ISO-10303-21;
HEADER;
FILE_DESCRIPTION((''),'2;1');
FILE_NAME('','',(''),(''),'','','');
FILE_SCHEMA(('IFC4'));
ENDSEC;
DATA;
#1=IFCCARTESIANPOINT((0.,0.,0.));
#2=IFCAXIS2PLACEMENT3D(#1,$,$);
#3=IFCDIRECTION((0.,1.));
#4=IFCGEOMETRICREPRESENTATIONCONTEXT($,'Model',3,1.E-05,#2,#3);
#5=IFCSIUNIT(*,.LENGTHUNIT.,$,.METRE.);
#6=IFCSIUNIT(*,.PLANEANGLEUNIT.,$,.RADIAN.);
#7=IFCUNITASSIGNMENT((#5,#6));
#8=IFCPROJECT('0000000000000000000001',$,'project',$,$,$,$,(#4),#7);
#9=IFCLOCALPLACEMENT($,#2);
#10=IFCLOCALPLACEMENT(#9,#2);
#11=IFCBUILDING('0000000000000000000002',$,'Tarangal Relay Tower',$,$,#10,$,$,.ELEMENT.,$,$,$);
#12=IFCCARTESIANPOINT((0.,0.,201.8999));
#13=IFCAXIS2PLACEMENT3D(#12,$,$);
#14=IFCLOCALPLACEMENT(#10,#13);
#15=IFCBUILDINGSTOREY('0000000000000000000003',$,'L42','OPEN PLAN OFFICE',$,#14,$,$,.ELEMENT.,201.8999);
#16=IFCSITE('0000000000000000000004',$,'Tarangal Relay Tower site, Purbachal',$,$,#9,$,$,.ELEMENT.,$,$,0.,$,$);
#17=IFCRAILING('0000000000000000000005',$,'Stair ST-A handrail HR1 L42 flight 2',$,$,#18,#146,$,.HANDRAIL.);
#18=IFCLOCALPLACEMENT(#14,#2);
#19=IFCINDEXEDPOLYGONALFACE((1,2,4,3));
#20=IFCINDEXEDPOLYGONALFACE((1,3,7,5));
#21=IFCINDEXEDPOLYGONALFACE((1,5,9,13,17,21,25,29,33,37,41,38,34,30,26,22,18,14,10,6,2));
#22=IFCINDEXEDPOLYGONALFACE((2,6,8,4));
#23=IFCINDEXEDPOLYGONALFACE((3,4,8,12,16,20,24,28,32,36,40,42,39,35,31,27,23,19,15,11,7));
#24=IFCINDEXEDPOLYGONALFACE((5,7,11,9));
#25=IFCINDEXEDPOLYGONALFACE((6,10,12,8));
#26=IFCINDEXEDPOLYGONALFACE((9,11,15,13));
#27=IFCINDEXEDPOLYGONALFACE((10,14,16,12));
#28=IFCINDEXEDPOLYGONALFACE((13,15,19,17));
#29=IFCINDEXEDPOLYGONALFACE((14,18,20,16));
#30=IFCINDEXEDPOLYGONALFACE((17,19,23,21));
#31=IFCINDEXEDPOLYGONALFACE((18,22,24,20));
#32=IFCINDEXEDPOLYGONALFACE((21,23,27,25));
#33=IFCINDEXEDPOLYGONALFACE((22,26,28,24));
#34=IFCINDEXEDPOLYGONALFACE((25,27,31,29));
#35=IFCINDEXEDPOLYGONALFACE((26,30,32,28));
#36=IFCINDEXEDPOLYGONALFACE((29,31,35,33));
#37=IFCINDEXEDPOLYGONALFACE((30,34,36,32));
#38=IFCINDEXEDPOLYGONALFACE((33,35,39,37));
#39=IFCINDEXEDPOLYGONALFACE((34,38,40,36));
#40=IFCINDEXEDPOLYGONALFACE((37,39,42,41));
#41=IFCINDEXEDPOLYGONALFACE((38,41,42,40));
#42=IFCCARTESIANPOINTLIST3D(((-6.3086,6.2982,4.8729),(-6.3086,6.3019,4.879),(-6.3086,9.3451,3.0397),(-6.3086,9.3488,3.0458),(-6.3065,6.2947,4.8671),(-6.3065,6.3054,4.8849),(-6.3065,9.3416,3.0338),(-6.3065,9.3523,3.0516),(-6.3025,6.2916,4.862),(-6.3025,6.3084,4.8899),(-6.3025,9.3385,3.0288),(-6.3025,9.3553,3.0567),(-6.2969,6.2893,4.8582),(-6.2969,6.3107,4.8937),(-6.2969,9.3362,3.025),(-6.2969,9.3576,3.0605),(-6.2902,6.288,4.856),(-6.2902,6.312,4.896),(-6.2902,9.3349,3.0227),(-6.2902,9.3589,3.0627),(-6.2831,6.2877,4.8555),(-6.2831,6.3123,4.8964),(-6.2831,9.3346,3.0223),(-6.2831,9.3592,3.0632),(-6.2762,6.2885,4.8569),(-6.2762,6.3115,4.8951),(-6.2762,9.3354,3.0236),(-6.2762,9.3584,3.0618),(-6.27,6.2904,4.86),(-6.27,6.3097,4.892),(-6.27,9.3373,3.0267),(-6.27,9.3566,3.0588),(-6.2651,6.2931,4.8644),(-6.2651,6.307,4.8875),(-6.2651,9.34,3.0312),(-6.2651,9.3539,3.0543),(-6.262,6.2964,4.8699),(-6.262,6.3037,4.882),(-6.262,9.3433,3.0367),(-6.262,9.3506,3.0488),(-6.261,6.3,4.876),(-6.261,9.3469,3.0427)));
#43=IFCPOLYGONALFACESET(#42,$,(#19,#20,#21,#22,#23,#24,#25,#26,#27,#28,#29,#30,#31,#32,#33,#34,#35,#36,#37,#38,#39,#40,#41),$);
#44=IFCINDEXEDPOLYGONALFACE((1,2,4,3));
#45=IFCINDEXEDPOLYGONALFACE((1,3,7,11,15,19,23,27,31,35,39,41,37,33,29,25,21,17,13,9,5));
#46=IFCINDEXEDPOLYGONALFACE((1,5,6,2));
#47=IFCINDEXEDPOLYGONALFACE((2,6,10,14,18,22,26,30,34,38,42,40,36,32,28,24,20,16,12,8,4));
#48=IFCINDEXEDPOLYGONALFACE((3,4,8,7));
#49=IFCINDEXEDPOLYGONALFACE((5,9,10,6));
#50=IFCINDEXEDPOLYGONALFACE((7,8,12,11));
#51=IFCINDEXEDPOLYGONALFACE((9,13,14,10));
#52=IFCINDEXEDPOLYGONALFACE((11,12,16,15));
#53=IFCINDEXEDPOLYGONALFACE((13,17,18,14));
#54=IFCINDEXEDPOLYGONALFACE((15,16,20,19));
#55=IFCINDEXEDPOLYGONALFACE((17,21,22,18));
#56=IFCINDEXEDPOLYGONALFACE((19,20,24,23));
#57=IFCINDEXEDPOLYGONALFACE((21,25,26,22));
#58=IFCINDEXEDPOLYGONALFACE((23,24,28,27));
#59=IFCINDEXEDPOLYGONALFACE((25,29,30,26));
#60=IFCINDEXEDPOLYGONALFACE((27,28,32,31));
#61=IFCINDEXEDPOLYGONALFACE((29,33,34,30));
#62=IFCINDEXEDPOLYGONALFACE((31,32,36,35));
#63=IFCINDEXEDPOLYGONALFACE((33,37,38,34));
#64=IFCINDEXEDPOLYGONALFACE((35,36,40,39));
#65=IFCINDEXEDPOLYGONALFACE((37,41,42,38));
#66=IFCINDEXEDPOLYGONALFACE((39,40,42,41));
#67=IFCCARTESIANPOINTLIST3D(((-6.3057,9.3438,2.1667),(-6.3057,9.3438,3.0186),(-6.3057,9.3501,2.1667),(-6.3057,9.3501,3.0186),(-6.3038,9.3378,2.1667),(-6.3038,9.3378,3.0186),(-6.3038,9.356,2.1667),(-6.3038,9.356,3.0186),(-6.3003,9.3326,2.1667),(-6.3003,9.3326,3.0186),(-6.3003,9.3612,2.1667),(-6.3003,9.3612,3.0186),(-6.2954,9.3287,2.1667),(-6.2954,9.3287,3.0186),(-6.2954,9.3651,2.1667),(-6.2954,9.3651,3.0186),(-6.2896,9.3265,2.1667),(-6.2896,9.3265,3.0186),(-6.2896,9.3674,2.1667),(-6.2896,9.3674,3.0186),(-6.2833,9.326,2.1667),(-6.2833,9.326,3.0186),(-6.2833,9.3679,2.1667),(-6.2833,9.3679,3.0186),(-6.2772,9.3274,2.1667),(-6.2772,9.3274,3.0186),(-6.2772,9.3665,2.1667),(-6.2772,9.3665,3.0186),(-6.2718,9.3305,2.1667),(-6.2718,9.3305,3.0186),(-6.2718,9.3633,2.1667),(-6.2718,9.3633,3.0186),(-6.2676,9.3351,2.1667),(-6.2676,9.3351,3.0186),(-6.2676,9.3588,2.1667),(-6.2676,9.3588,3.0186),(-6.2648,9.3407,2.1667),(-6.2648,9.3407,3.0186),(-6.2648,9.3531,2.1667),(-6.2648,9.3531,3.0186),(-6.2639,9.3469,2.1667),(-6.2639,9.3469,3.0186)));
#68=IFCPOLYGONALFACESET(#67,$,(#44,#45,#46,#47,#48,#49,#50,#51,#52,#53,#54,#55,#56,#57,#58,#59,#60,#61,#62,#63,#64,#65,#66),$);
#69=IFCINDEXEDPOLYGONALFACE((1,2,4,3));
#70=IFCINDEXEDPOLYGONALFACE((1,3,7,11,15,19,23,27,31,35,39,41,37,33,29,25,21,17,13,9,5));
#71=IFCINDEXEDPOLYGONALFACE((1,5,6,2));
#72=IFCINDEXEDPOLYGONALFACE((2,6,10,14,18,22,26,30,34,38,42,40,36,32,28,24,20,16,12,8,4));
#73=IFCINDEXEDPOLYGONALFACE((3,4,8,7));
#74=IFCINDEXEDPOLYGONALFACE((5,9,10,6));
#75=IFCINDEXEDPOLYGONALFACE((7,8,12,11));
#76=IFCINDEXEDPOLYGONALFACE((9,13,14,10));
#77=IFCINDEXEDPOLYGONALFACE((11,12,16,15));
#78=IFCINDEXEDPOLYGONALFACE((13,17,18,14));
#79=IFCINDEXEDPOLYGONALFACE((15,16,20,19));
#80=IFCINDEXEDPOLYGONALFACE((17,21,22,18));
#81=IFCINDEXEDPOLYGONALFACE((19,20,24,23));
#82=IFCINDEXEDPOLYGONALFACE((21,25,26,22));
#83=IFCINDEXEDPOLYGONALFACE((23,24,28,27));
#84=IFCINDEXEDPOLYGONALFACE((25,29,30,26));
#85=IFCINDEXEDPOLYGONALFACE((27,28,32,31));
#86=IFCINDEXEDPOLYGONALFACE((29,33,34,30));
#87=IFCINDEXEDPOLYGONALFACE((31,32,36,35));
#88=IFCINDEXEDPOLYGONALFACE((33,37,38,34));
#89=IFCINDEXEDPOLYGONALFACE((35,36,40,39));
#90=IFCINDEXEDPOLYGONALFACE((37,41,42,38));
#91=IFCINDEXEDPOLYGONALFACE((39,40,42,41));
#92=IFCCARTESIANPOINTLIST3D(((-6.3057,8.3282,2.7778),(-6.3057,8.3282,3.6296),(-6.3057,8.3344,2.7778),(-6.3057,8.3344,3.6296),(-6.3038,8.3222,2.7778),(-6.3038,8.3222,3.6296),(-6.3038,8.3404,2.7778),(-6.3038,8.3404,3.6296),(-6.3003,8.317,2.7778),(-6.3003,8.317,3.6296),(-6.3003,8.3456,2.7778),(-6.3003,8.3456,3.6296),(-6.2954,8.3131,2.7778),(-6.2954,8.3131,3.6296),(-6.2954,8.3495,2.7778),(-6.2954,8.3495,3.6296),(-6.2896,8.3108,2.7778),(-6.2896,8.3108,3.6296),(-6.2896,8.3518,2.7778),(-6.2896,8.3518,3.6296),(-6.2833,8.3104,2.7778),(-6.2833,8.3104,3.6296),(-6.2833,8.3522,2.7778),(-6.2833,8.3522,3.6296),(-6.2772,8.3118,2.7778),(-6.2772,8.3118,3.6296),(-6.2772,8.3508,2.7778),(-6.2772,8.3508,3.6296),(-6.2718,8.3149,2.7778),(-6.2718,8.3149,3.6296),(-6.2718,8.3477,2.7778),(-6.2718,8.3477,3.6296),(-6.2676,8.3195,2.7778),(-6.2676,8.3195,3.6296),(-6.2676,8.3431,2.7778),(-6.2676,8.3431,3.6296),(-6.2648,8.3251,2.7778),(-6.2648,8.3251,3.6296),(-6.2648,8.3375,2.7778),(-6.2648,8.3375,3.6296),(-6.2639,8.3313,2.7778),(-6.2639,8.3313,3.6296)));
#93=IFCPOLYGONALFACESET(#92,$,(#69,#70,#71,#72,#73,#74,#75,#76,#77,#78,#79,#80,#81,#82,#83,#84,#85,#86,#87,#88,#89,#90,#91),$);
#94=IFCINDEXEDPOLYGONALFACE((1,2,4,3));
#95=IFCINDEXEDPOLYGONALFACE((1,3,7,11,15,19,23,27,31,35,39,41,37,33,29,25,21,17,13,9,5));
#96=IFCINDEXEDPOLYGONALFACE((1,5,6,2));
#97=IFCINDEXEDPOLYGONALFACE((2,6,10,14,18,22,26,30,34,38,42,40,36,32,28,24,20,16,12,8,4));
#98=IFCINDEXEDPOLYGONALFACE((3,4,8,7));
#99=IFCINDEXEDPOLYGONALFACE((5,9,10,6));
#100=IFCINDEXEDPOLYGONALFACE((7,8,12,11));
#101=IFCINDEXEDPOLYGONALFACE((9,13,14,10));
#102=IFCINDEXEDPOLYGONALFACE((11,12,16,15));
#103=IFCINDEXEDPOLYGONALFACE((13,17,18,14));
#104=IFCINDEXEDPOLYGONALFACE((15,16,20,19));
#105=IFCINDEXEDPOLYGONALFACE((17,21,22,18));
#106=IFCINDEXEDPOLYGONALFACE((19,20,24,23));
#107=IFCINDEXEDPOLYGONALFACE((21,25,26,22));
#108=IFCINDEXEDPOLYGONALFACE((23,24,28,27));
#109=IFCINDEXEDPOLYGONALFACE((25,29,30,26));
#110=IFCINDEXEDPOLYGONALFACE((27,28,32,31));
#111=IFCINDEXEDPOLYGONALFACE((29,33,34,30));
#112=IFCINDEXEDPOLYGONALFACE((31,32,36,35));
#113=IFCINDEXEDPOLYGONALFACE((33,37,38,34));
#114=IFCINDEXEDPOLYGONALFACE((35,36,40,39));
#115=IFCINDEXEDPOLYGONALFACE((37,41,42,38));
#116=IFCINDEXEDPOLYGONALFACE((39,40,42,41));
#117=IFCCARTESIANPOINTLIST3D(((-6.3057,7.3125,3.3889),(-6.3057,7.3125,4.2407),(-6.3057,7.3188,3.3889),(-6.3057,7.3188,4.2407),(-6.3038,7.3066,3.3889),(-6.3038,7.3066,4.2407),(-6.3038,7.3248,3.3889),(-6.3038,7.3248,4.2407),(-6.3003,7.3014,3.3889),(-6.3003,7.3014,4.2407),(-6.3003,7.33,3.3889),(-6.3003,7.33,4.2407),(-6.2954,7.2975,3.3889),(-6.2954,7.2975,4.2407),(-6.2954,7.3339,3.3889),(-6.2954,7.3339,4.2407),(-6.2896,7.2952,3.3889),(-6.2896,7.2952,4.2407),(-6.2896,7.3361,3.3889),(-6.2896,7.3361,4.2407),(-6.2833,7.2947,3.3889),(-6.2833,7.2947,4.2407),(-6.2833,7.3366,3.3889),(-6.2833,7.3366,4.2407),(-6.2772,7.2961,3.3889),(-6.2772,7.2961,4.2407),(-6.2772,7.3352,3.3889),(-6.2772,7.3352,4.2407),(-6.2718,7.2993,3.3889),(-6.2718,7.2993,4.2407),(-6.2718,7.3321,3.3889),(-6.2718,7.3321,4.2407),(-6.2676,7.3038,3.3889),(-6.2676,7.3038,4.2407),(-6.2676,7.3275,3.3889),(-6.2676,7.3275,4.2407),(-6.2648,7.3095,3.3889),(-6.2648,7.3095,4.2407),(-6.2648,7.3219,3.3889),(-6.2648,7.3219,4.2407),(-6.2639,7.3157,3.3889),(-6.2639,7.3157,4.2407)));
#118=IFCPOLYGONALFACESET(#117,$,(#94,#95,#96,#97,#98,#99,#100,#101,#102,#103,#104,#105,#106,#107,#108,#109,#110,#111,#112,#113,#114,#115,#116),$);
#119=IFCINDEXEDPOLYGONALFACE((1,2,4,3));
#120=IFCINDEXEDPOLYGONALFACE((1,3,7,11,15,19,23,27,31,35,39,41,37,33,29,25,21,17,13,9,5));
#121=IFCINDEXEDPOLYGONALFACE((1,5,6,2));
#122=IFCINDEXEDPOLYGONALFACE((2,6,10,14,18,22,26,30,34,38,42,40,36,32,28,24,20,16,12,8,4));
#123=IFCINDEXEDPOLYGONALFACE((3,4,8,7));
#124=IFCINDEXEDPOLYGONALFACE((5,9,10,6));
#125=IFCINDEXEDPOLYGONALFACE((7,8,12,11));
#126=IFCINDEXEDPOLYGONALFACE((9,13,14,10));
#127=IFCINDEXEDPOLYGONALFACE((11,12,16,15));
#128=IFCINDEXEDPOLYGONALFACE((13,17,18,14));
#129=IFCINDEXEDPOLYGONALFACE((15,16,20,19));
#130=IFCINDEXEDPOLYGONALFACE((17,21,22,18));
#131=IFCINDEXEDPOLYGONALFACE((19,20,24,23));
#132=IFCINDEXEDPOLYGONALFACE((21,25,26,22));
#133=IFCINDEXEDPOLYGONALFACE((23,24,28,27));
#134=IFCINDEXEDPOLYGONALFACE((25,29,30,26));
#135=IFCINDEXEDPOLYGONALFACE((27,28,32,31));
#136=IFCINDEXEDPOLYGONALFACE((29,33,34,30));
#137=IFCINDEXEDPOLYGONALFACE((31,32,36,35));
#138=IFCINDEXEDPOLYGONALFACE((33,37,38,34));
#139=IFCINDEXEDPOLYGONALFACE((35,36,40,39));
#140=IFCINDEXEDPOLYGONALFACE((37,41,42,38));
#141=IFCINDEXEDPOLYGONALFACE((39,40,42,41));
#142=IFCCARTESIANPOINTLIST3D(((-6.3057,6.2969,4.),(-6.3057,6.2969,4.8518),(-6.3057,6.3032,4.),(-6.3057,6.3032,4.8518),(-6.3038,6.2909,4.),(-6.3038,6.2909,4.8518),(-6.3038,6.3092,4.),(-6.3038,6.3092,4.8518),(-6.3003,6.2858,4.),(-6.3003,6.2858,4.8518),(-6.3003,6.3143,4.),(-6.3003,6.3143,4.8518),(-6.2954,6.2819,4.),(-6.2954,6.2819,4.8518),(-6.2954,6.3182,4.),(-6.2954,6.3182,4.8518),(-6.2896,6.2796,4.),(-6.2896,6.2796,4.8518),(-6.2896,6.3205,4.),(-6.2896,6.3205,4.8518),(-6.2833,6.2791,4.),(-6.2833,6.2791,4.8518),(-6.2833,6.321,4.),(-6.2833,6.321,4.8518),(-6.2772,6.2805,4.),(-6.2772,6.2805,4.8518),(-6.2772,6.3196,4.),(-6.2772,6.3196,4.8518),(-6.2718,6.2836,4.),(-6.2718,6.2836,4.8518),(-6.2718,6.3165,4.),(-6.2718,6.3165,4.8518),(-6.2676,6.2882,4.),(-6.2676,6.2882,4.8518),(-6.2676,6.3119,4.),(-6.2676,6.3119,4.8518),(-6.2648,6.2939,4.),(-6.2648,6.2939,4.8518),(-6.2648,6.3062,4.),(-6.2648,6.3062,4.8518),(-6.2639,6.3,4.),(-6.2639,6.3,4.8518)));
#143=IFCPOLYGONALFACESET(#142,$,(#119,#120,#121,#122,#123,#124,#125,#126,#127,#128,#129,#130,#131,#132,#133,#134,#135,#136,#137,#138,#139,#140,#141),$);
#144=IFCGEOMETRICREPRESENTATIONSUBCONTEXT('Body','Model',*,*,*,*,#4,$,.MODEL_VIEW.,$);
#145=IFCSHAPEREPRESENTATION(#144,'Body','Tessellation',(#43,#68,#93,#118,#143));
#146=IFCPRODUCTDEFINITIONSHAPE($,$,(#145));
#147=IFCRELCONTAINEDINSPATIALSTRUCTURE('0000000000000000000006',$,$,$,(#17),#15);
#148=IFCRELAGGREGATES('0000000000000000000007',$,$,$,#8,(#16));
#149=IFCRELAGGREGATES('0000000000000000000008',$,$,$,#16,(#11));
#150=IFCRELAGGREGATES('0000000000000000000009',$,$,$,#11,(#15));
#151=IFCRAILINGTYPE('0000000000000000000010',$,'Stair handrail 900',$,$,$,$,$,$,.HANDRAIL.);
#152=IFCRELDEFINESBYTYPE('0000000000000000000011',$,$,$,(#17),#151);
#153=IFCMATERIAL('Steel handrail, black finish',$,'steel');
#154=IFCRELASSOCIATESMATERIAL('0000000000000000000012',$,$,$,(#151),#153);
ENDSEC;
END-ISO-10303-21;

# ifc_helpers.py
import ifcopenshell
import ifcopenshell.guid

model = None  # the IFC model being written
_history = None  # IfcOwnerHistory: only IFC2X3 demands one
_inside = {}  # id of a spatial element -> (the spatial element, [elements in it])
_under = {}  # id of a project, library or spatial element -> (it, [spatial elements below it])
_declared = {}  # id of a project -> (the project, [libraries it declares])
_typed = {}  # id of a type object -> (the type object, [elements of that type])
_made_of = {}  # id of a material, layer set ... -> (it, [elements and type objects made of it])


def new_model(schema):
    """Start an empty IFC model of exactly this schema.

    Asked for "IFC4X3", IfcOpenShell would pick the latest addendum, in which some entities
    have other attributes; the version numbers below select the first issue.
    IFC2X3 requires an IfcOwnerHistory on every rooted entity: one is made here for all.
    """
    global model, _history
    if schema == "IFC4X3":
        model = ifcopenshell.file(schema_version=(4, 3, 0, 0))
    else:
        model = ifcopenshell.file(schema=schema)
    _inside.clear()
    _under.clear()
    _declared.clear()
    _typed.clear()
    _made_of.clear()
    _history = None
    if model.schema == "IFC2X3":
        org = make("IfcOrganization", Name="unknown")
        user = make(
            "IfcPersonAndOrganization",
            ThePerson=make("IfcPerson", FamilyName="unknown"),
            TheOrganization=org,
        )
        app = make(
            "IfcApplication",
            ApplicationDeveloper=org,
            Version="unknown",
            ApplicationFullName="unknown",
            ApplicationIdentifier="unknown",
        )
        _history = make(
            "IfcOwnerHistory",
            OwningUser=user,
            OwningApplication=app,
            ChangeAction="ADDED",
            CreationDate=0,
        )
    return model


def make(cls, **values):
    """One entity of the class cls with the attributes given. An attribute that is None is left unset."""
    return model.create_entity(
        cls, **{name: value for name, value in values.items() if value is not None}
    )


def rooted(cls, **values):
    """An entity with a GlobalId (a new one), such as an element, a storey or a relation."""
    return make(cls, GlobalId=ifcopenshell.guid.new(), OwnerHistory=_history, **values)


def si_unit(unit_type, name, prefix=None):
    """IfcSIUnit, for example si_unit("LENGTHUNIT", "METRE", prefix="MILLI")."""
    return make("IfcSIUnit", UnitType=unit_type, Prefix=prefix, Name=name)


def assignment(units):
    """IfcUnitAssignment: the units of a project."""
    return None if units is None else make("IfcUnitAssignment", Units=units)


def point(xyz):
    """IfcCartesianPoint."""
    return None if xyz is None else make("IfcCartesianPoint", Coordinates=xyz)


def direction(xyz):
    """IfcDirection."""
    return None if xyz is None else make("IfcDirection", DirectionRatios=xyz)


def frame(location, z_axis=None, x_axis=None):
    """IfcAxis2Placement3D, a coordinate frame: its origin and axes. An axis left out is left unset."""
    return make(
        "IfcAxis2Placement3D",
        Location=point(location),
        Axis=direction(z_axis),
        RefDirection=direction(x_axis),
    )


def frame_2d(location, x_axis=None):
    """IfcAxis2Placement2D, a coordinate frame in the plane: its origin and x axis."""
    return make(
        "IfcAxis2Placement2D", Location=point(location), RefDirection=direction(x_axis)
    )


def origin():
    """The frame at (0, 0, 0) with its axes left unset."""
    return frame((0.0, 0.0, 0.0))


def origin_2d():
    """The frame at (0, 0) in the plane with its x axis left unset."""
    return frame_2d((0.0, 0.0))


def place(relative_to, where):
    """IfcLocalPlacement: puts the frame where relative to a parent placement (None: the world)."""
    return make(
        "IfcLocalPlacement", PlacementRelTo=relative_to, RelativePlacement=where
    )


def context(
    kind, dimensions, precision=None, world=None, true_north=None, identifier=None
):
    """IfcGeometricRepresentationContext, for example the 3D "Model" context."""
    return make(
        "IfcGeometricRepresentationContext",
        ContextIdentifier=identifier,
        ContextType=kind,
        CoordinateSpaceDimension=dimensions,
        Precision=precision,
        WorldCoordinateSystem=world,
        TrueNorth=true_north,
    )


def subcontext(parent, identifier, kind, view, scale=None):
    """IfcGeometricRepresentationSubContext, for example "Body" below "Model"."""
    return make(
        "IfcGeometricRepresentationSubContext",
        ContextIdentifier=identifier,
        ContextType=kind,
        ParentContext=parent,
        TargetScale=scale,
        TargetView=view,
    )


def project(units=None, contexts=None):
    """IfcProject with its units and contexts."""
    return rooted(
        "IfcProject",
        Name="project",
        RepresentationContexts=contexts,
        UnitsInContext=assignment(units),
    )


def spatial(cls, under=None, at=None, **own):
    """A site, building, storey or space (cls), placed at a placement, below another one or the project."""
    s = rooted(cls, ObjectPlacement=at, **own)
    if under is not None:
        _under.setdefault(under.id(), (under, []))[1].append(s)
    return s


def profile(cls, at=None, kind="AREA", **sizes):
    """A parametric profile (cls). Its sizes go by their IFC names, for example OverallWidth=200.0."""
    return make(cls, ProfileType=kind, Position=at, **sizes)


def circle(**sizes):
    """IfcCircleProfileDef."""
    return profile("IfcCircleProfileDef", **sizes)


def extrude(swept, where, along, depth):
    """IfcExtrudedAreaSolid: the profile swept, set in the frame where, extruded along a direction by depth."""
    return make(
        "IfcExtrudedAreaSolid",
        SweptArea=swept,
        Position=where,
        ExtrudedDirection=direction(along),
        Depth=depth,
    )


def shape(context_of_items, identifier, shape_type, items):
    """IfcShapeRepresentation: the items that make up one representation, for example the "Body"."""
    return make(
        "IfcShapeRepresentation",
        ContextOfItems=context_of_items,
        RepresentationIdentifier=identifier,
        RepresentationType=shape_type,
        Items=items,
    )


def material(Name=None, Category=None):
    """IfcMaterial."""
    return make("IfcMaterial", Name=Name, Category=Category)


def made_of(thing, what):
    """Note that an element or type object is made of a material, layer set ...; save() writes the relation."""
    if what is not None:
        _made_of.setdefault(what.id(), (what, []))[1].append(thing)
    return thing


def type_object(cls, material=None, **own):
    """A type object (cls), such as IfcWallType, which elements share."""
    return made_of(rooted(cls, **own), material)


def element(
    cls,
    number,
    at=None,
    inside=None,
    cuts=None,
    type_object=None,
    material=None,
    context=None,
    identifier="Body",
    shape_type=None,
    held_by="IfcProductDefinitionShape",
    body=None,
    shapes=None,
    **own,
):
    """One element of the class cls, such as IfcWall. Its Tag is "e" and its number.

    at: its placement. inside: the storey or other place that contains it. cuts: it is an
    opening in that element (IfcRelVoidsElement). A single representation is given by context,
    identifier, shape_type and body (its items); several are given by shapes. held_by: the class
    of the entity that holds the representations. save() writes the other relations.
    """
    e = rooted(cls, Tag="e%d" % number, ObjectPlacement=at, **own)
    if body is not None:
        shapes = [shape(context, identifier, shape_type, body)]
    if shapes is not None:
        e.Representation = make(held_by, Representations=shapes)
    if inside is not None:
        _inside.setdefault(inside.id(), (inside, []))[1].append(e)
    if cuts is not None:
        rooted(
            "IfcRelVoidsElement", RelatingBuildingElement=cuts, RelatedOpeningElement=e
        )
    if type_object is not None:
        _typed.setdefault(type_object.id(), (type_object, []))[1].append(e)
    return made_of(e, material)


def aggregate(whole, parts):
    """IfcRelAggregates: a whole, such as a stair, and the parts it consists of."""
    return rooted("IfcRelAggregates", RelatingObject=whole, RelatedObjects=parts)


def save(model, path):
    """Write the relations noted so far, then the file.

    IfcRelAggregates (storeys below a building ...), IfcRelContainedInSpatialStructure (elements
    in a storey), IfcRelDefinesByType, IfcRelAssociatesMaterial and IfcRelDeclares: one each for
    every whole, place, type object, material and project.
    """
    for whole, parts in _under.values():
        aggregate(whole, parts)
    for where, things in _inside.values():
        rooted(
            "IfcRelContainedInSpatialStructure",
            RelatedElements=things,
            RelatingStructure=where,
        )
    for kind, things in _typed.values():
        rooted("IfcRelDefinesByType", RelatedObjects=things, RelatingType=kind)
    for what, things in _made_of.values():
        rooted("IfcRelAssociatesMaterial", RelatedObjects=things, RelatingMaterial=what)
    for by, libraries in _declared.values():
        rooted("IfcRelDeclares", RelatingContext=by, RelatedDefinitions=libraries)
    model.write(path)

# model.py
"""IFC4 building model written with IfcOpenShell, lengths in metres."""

from ifc_helpers import new_model, si_unit, direction, frame, origin, origin_2d, place, context, subcontext, project, spatial, circle, extrude, material, type_object, element, save


model = new_model("IFC4")

# Units and contexts
model_context = context("Model", 3, precision=1e-05, world=origin(), true_north=direction((0.0, 1.0)))
body_context = subcontext(model_context, "Body", "Model", "MODEL_VIEW")
ifc_project = project(units=[si_unit("LENGTHUNIT", "METRE"), si_unit("PLANEANGLEUNIT", "RADIAN")], contexts=[model_context])

# Site, building, storey
site_placement = place(None, origin())
site = spatial("IfcSite", under=ifc_project, at=site_placement, Name="Tarangal Relay Tower site, Purbachal", CompositionType="ELEMENT", RefElevation=0.0)
building_placement = place(site_placement, origin())
building = spatial("IfcBuilding", under=site, at=building_placement, Name="Tarangal Relay Tower", CompositionType="ELEMENT")
storey_placement = place(building_placement, frame((0.0, 0.0, 201.8999)))
storey = spatial("IfcBuildingStorey", under=building, at=storey_placement, Name="L42", Description="OPEN PLAN OFFICE", CompositionType="ELEMENT", Elevation=201.8999)

# Railing
ifc_material_1 = material(Name="Steel handrail, black finish", Category="steel")
railing_type_1 = type_object("IfcRailingType", Name="Stair handrail 900", PredefinedType="HANDRAIL", material=ifc_material_1)
railing_1_placement = place(storey_placement, frame((-6.2849, 9.3469, 2.1667)))
element("IfcRailing", 1, at=railing_1_placement, inside=storey, type_object=railing_type_1, Name="Stair ST-A handrail HR1 L42 flight 2", PredefinedType="HANDRAIL", context=body_context, shape_type="SweptSolid", body=[
    extrude(circle(Radius=0.0239, at=origin_2d()), frame((0.0, 0.0, 0.876), z_axis=(0.0, -0.856856, 0.515556), x_axis=(1.0, 0.0, 0.0)), (0.0, 0.0, 1.0), 3.5559),
    extrude(circle(Radius=0.021, at=origin_2d()), origin(), (0.0, 0.0, 1.0), 0.8518),
    extrude(circle(Radius=0.021, at=origin_2d()), frame((0.0, -1.0156, 0.6111)), (0.0, 0.0, 1.0), 0.8518),
    extrude(circle(Radius=0.021, at=origin_2d()), frame((0.0, -2.0312, 1.2222)), (0.0, 0.0, 1.0), 0.8518),
    extrude(circle(Radius=0.021, at=origin_2d()), frame((0.0, -3.0469, 1.8333)), (0.0, 0.0, 1.0), 0.8518),
])

save(model, "model.ifc")
